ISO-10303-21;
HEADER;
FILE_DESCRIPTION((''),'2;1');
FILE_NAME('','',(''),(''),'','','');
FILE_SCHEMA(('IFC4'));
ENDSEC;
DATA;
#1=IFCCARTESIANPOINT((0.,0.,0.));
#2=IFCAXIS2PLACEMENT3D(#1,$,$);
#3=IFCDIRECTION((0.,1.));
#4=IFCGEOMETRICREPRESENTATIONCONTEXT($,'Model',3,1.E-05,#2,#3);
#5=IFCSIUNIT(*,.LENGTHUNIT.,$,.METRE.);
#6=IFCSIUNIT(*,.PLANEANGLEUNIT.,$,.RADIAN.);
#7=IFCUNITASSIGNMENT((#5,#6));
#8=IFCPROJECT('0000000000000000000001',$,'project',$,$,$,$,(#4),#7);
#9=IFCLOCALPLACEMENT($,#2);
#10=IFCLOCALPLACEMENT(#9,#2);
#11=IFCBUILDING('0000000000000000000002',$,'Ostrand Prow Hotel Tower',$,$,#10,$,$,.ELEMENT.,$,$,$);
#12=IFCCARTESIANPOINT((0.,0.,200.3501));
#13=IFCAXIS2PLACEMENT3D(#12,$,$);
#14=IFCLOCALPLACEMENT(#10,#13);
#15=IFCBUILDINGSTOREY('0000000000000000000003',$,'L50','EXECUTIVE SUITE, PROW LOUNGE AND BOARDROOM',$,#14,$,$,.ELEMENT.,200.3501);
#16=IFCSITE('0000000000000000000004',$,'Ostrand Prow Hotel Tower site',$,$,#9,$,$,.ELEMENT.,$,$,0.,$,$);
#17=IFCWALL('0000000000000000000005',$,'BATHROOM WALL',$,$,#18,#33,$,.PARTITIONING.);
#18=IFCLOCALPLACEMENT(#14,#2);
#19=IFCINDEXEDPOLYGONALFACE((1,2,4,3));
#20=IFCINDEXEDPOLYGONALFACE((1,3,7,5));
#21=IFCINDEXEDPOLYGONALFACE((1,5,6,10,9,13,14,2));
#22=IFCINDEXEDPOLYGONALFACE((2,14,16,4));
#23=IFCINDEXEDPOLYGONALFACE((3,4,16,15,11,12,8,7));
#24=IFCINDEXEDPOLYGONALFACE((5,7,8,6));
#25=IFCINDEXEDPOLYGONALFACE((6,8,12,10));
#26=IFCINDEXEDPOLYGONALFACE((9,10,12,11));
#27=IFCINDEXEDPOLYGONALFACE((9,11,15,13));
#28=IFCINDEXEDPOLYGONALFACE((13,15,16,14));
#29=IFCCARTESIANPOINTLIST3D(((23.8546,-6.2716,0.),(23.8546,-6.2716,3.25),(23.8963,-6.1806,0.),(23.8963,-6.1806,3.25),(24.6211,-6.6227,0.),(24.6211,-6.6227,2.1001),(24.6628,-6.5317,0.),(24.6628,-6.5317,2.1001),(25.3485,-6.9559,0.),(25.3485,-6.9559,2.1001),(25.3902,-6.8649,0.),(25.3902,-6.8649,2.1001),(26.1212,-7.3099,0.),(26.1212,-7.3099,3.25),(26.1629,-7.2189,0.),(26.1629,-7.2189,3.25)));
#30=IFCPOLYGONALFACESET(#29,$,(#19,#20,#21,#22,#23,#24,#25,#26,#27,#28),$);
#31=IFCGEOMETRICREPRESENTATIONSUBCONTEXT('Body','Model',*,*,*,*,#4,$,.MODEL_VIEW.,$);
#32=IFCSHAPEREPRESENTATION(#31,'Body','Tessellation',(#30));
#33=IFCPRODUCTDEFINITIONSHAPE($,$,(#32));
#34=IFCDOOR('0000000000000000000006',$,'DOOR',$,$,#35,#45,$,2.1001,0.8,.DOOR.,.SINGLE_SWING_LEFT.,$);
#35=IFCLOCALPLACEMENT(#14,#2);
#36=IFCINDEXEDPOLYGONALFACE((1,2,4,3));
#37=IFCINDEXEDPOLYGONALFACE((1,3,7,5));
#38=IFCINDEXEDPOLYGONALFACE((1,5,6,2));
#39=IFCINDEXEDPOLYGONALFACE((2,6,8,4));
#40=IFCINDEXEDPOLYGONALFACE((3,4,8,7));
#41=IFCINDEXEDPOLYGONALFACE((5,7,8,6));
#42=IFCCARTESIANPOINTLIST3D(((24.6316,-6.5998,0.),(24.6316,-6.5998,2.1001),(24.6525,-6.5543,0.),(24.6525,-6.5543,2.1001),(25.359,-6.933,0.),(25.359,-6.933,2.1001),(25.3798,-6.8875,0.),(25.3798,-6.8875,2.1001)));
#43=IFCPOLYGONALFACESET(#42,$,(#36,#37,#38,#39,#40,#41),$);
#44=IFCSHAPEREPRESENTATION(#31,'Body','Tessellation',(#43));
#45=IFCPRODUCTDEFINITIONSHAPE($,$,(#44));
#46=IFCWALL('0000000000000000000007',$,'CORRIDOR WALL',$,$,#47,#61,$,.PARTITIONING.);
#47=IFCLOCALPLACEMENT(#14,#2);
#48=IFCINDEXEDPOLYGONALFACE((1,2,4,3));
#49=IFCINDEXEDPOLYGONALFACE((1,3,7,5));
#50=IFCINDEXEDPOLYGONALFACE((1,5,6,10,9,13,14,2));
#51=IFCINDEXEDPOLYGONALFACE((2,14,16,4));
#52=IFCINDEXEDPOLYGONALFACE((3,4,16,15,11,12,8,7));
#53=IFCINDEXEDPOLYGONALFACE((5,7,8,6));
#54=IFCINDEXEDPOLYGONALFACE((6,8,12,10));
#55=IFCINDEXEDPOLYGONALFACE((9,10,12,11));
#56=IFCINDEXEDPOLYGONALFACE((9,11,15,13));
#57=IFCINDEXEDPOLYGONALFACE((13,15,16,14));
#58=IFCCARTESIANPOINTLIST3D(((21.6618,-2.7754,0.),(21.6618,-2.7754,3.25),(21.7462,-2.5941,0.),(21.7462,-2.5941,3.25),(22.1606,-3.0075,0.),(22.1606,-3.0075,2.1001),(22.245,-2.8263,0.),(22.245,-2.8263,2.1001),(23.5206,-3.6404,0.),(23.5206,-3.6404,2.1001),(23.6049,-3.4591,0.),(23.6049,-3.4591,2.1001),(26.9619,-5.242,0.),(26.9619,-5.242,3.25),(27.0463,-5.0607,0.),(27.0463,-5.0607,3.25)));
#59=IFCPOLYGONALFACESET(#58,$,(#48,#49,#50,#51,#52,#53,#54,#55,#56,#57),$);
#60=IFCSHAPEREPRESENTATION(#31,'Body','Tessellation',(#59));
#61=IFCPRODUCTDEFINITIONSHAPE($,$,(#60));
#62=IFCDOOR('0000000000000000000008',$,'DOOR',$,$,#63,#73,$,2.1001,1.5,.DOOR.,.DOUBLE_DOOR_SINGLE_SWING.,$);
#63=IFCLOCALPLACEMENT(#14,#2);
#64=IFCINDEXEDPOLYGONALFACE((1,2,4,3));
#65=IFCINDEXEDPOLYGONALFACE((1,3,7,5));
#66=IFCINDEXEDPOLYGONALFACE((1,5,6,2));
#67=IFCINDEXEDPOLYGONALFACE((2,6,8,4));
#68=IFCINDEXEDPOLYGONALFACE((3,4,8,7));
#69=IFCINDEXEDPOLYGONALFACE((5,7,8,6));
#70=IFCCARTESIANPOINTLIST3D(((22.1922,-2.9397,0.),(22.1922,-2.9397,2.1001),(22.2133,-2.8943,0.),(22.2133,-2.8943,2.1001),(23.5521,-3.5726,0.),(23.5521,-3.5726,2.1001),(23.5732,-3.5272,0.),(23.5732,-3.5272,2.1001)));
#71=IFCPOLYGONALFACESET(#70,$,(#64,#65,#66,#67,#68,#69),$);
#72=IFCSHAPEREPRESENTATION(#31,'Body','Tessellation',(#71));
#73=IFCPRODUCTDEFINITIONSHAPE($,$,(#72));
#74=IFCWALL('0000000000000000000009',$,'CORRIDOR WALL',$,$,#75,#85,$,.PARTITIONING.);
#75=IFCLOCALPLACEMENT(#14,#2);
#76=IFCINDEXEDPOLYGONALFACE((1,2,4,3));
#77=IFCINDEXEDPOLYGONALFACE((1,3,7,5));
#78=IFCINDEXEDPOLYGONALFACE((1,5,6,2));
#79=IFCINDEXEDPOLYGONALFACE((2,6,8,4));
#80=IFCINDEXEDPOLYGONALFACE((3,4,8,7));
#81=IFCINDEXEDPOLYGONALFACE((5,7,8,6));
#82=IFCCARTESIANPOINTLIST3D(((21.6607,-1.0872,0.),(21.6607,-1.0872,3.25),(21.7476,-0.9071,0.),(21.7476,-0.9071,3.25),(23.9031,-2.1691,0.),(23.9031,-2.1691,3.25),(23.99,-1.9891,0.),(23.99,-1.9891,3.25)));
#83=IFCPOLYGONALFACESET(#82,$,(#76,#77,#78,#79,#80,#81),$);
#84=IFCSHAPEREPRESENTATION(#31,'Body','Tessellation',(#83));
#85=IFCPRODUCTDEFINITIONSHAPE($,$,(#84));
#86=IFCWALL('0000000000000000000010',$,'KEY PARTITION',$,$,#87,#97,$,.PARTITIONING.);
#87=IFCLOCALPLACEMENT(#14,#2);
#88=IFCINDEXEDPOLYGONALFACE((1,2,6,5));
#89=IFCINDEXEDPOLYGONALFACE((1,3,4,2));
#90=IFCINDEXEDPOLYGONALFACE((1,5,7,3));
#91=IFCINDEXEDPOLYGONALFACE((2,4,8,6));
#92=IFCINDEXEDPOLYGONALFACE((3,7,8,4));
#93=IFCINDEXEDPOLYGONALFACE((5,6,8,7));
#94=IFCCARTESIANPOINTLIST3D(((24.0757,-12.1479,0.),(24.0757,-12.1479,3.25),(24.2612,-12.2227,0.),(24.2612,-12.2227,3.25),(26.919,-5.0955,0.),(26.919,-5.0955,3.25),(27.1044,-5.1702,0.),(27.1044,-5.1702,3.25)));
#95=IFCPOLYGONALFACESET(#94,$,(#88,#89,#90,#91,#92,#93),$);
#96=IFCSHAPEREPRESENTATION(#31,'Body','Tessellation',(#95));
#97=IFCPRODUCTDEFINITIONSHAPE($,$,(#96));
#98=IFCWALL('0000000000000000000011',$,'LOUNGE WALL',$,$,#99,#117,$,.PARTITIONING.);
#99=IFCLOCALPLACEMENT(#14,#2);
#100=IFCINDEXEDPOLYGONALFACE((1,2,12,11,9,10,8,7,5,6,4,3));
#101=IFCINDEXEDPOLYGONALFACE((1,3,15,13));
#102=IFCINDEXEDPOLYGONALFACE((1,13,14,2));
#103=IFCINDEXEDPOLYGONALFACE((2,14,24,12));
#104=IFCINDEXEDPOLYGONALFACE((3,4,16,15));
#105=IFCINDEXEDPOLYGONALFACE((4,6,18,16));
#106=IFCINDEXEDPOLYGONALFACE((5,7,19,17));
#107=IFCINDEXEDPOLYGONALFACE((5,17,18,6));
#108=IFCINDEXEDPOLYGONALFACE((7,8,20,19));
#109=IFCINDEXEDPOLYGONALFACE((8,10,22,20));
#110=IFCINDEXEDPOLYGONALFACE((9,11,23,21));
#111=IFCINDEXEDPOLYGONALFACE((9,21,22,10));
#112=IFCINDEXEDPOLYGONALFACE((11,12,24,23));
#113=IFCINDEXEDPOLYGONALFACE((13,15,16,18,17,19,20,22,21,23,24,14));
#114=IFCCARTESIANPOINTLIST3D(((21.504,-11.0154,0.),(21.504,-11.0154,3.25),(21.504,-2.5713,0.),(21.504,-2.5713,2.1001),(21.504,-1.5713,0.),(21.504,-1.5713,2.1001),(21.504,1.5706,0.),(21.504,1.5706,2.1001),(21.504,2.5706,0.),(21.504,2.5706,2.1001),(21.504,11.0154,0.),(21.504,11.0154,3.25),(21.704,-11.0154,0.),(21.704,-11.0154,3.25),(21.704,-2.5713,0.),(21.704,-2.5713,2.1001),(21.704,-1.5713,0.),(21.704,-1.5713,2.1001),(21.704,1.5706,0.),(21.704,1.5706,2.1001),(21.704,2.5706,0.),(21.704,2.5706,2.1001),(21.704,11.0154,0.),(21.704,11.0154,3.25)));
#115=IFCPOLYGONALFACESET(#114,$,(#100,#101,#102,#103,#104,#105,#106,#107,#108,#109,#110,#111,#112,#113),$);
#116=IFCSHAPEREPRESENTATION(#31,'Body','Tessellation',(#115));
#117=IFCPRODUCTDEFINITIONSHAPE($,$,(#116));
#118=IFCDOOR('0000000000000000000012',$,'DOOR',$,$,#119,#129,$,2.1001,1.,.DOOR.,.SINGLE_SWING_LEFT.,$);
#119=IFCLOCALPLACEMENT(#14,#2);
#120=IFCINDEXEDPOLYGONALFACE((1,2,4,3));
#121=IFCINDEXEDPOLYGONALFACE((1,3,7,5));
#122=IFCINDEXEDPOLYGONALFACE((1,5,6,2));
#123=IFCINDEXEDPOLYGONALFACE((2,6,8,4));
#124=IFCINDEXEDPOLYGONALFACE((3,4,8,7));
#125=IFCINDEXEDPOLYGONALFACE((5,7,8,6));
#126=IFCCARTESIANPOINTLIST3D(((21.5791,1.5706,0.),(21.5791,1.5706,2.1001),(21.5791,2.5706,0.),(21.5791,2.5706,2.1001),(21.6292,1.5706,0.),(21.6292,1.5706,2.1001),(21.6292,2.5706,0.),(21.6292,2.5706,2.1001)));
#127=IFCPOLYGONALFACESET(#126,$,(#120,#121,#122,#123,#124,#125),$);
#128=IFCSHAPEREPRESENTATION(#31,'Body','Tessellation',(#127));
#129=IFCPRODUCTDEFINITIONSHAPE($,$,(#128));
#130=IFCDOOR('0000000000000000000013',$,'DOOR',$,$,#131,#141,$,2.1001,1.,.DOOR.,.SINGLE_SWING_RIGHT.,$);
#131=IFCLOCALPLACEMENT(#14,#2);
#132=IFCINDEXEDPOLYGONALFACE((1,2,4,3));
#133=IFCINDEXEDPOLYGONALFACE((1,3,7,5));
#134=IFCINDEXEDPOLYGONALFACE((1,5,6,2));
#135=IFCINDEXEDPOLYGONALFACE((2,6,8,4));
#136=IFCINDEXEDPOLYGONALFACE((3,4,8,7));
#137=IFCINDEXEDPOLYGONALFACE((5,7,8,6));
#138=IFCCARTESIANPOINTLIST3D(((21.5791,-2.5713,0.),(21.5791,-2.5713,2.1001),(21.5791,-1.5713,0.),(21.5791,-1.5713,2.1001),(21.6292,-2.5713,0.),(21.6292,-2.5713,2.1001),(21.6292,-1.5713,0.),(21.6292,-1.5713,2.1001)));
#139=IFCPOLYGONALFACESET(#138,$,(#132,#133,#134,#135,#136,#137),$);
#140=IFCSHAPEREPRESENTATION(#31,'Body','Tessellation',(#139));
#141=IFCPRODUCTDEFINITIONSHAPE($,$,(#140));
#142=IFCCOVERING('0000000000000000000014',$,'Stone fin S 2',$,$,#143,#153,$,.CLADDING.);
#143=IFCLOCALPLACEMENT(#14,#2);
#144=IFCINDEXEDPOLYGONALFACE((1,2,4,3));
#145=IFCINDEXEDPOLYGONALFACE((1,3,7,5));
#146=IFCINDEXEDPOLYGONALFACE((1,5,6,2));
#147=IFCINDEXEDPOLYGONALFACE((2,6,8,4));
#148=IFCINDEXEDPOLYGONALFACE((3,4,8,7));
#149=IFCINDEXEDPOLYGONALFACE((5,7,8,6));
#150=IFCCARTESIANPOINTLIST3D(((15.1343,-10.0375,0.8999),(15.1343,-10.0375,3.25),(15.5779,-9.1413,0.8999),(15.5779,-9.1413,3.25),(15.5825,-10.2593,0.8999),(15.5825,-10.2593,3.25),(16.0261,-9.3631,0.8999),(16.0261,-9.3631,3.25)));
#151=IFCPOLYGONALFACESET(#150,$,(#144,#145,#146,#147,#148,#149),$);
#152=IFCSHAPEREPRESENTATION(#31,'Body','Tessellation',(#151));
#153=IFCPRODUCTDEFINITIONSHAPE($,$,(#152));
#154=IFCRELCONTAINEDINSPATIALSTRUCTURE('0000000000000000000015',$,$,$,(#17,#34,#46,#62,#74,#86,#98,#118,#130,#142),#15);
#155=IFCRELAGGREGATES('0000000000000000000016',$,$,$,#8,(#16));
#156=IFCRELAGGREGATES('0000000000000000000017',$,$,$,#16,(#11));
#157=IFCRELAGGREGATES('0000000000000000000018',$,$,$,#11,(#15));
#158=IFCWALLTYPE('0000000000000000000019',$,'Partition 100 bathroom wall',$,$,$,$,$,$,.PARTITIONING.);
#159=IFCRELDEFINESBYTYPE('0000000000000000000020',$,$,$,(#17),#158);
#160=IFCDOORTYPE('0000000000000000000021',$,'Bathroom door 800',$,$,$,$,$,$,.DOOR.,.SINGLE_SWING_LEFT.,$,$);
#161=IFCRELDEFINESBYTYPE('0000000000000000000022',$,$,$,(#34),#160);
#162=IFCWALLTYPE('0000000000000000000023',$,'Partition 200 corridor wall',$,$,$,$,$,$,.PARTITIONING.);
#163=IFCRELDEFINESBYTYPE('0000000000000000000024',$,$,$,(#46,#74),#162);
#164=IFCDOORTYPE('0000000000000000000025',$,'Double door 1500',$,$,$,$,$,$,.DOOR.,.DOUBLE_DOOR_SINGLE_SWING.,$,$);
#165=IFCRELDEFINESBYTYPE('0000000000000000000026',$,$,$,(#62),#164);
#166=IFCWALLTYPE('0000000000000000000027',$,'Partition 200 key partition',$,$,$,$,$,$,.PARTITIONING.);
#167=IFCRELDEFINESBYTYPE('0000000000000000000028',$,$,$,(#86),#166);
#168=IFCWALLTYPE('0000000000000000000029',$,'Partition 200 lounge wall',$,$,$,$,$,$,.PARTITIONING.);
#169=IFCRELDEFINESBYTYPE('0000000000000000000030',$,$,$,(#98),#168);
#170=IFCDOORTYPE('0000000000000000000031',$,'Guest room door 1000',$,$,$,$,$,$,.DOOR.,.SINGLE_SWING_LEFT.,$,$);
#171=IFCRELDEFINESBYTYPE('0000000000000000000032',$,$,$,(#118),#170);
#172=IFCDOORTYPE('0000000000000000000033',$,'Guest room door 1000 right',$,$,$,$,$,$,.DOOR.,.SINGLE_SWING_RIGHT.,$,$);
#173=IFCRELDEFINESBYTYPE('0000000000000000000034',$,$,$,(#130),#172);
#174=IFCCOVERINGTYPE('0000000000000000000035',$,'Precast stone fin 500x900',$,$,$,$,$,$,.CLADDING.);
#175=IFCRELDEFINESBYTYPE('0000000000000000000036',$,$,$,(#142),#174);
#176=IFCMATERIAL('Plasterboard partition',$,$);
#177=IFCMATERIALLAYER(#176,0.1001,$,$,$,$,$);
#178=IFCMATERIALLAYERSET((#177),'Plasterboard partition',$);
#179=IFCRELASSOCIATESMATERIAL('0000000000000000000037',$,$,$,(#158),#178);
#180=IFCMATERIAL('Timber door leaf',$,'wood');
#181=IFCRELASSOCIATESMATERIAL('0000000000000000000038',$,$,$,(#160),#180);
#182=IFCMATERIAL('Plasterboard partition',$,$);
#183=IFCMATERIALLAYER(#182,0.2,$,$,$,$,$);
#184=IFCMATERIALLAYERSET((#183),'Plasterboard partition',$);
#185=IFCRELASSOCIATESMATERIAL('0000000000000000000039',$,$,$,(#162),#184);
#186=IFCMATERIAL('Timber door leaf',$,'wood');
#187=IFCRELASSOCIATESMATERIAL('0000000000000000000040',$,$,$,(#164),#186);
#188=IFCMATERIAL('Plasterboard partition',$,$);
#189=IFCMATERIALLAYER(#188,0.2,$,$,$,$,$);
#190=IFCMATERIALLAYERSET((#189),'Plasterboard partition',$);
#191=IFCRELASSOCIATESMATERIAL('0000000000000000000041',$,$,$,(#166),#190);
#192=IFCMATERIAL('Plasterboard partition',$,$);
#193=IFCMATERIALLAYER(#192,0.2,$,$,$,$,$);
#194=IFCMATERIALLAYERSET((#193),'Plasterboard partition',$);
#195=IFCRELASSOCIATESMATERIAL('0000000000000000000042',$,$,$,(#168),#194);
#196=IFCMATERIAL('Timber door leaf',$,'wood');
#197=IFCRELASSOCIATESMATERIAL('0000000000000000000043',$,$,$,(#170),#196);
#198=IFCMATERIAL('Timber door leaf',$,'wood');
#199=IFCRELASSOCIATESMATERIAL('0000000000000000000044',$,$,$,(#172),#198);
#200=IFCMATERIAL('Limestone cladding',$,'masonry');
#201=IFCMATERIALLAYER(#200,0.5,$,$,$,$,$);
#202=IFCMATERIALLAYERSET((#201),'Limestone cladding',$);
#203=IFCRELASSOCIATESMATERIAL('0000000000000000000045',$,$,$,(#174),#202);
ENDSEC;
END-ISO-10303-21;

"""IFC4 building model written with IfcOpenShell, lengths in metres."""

from ifc_helpers import new_model, si_unit, direction, frame, frame_2d, origin, place, context, subcontext, project, spatial, rectangle, extrude, material, layer, layer_set, type_object, element, fill, save


model = new_model("IFC4")

# Units and contexts
model_context = context("Model", 3, precision=1e-05, world=origin(), true_north=direction((0.0, 1.0)))
body_context = subcontext(model_context, "Body", "Model", "MODEL_VIEW")
ifc_project = project(units=[si_unit("LENGTHUNIT", "METRE"), si_unit("PLANEANGLEUNIT", "RADIAN")], contexts=[model_context])

# Site, building, storey
site_placement = place(None, origin())
site = spatial("IfcSite", under=ifc_project, at=site_placement, Name="Ostrand Prow Hotel Tower site", CompositionType="ELEMENT", RefElevation=0.0)
building_placement = place(site_placement, origin())
building = spatial("IfcBuilding", under=site, at=building_placement, Name="Ostrand Prow Hotel Tower", CompositionType="ELEMENT")
storey_placement = place(building_placement, frame((0.0, 0.0, 200.3501)))
storey = spatial("IfcBuildingStorey", under=building, at=storey_placement, Name="L50", Description="EXECUTIVE SUITE, PROW LOUNGE AND BOARDROOM", CompositionType="ELEMENT", Elevation=200.3501)

# Shared definitions
ifc_material_1 = material(Name="Plasterboard partition")
ifc_layer_1 = layer(ifc_material_1, 0.1001)
ifc_layer_set_1 = layer_set([ifc_layer_1], Name="Plasterboard partition")
wall_type_1 = type_object("IfcWallType", Name="Partition 100 bathroom wall", PredefinedType="PARTITIONING", material=ifc_layer_set_1)

# Walls, openings, doors
wall_1_placement = place(storey_placement, frame((26.1421, -7.2644, 0.0), z_axis=(0.0, 0.0, 1.0), x_axis=(-0.909145, 0.416479, 0.0)))
wall_1 = element("IfcWall", 1, at=wall_1_placement, inside=storey, type_object=wall_type_1, Name="BATHROOM WALL", PredefinedType="PARTITIONING", context=body_context, shape_type="SweptSolid", body=[
    extrude(rectangle(XDim=2.4932, YDim=0.1001, at=frame_2d((1.2466, 0.0))), origin(), (0.0, 0.0, 1.0), 3.25),
])
opening_1_placement = place(wall_1_placement, frame((0.8501, 0.0, 0.0)))
opening_1 = element("IfcOpeningElement", 2, at=opening_1_placement, cuts=wall_1, PredefinedType="OPENING", context=body_context, shape_type="SweptSolid", body=[
    extrude(rectangle(XDim=0.8, YDim=2.1001, at=frame_2d((0.3999, 1.05))), frame((0.0, 0.0601, 0.0), z_axis=(0.0, -1.0, 0.0), x_axis=(1.0, 0.0, 0.0)), (0.0, 0.0, 1.0), 0.1201),
])
ifc_material_2 = material(Name="Timber door leaf", Category="wood")
door_type_1 = type_object("IfcDoorType", Name="Bathroom door 800", OperationType="SINGLE_SWING_LEFT", PredefinedType="DOOR", material=ifc_material_2)
door_1_placement = place(opening_1_placement, origin())
door_1 = element("IfcDoor", 3, at=door_1_placement, inside=storey, type_object=door_type_1, Name="DOOR", OperationType="SINGLE_SWING_LEFT", OverallHeight=2.1001, OverallWidth=0.8, PredefinedType="DOOR", context=body_context, shape_type="SweptSolid", body=[
    extrude(rectangle(XDim=0.8, YDim=2.1001, at=frame_2d((0.3999, 1.05))), frame((0.0, 0.0249, 0.0), z_axis=(0.0, -1.0, 0.0), x_axis=(1.0, 0.0, 0.0)), (0.0, 0.0, 1.0), 0.05),
])
fill(opening_1, door_1)
ifc_material_3 = material(Name="Plasterboard partition")
ifc_layer_2 = layer(ifc_material_3, 0.2)
ifc_layer_set_2 = layer_set([ifc_layer_2], Name="Plasterboard partition")
wall_type_2 = type_object("IfcWallType", Name="Partition 200 corridor wall", PredefinedType="PARTITIONING", material=ifc_layer_set_2)
wall_2_placement = place(storey_placement, frame((21.7041, -2.6848, 0.0), z_axis=(0.0, 0.0, 1.0), x_axis=(0.906629, -0.42193, 0.0)))
wall_2 = element("IfcWall", 4, at=wall_2_placement, inside=storey, type_object=wall_type_2, Name="CORRIDOR WALL", PredefinedType="PARTITIONING", context=body_context, shape_type="SweptSolid", body=[
    extrude(rectangle(XDim=5.8459, YDim=0.2, at=frame_2d((2.9229, 0.0))), origin(), (0.0, 0.0, 1.0), 3.25),
])
opening_2_placement = place(wall_2_placement, frame((0.55, 0.0, 0.0)))
opening_2 = element("IfcOpeningElement", 5, at=opening_2_placement, cuts=wall_2, PredefinedType="OPENING", context=body_context, shape_type="SweptSolid", body=[
    extrude(rectangle(XDim=1.5, YDim=2.1001, at=frame_2d((0.75, 1.05))), frame((0.0, 0.1099, 0.0), z_axis=(0.0, -1.0, 0.0), x_axis=(1.0, 0.0, 0.0)), (0.0, 0.0, 1.0), 0.22),
])
ifc_material_4 = material(Name="Timber door leaf", Category="wood")
door_type_2 = type_object("IfcDoorType", Name="Double door 1500", OperationType="DOUBLE_DOOR_SINGLE_SWING", PredefinedType="DOOR", material=ifc_material_4)
door_2_placement = place(opening_2_placement, origin())
door_2 = element("IfcDoor", 6, at=door_2_placement, inside=storey, type_object=door_type_2, Name="DOOR", OperationType="DOUBLE_DOOR_SINGLE_SWING", OverallHeight=2.1001, OverallWidth=1.5, PredefinedType="DOOR", context=body_context, shape_type="SweptSolid", body=[
    extrude(rectangle(XDim=1.5, YDim=2.1001, at=frame_2d((0.75, 1.05))), frame((0.0, 0.0249, 0.0), z_axis=(0.0, -1.0, 0.0), x_axis=(1.0, 0.0, 0.0)), (0.0, 0.0, 1.0), 0.05),
])
fill(opening_2, door_2)

# Walls
wall_3_placement = place(storey_placement, frame((23.9465, -2.0791, 0.0), z_axis=(0.0, 0.0, 1.0), x_axis=(-0.900634, 0.434579, 0.0)))
element("IfcWall", 7, at=wall_3_placement, inside=storey, type_object=wall_type_2, Name="CORRIDOR WALL", PredefinedType="PARTITIONING", context=body_context, shape_type="SweptSolid", body=[
    extrude(rectangle(XDim=2.4897, YDim=0.2, at=frame_2d((1.2449, 0.0))), origin(), (0.0, 0.0, 1.0), 3.25),
])
ifc_material_5 = material(Name="Plasterboard partition")
ifc_layer_3 = layer(ifc_material_5, 0.2)
ifc_layer_set_3 = layer_set([ifc_layer_3], Name="Plasterboard partition")
wall_type_3 = type_object("IfcWallType", Name="Partition 200 key partition", PredefinedType="PARTITIONING", material=ifc_layer_set_3)
wall_4_placement = place(storey_placement, frame((24.1685, -12.1853, 0.0), z_axis=(0.0, 0.0, 1.0), x_axis=(0.373914, 0.927464, 0.0)))
element("IfcWall", 8, at=wall_4_placement, inside=storey, type_object=wall_type_3, Name="KEY PARTITION", PredefinedType="PARTITIONING", context=body_context, shape_type="SweptSolid", body=[
    extrude(rectangle(XDim=7.604, YDim=0.2, at=frame_2d((3.802, 0.0))), origin(), (0.0, 0.0, 1.0), 3.25),
])

# Wall, openings, doors
ifc_material_6 = material(Name="Plasterboard partition")
ifc_layer_4 = layer(ifc_material_6, 0.2)
ifc_layer_set_4 = layer_set([ifc_layer_4], Name="Plasterboard partition")
wall_type_4 = type_object("IfcWallType", Name="Partition 200 lounge wall", PredefinedType="PARTITIONING", material=ifc_layer_set_4)
wall_5_placement = place(storey_placement, frame((21.604, -11.0154, 0.0), z_axis=(0.0, 0.0, 1.0), x_axis=(0.0, 1.0, 0.0)))
wall_5 = element("IfcWall", 9, at=wall_5_placement, inside=storey, type_object=wall_type_4, Name="LOUNGE WALL", PredefinedType="PARTITIONING", context=body_context, shape_type="SweptSolid", body=[
    extrude(rectangle(XDim=22.0308, YDim=0.2, at=frame_2d((11.0154, 0.0))), origin(), (0.0, 0.0, 1.0), 3.25),
])
opening_3_placement = place(wall_5_placement, frame((12.5859, 0.0, 0.0)))
opening_3 = element("IfcOpeningElement", 10, at=opening_3_placement, cuts=wall_5, PredefinedType="OPENING", context=body_context, shape_type="SweptSolid", body=[
    extrude(rectangle(XDim=1.0, YDim=2.1001, at=frame_2d((0.5, 1.05))), frame((0.0, 0.1099, 0.0), z_axis=(0.0, -1.0, 0.0), x_axis=(1.0, 0.0, 0.0)), (0.0, 0.0, 1.0), 0.22),
])
opening_4_placement = place(wall_5_placement, frame((8.4441, 0.0, 0.0)))
opening_4 = element("IfcOpeningElement", 11, at=opening_4_placement, cuts=wall_5, PredefinedType="OPENING", context=body_context, shape_type="SweptSolid", body=[
    extrude(rectangle(XDim=1.0, YDim=2.1001, at=frame_2d((0.5, 1.05))), frame((0.0, 0.1099, 0.0), z_axis=(0.0, -1.0, 0.0), x_axis=(1.0, 0.0, 0.0)), (0.0, 0.0, 1.0), 0.22),
])
ifc_material_7 = material(Name="Timber door leaf", Category="wood")
door_type_3 = type_object("IfcDoorType", Name="Guest room door 1000", OperationType="SINGLE_SWING_LEFT", PredefinedType="DOOR", material=ifc_material_7)
door_3_placement = place(opening_3_placement, origin())
door_3 = element("IfcDoor", 12, at=door_3_placement, inside=storey, type_object=door_type_3, Name="DOOR", OperationType="SINGLE_SWING_LEFT", OverallHeight=2.1001, OverallWidth=1.0, PredefinedType="DOOR", context=body_context, shape_type="SweptSolid", body=[
    extrude(rectangle(XDim=1.0, YDim=2.1001, at=frame_2d((0.5, 1.05))), frame((0.0, 0.0249, 0.0), z_axis=(0.0, -1.0, 0.0), x_axis=(1.0, 0.0, 0.0)), (0.0, 0.0, 1.0), 0.05),
])
fill(opening_3, door_3)
ifc_material_8 = material(Name="Timber door leaf", Category="wood")
door_type_4 = type_object("IfcDoorType", Name="Guest room door 1000 right", OperationType="SINGLE_SWING_RIGHT", PredefinedType="DOOR", material=ifc_material_8)
door_4_placement = place(opening_4_placement, origin())
door_4 = element("IfcDoor", 13, at=door_4_placement, inside=storey, type_object=door_type_4, Name="DOOR", OperationType="SINGLE_SWING_RIGHT", OverallHeight=2.1001, OverallWidth=1.0, PredefinedType="DOOR", context=body_context, shape_type="SweptSolid", body=[
    extrude(rectangle(XDim=1.0, YDim=2.1001, at=frame_2d((0.5, 1.05))), frame((0.0, 0.0249, 0.0), z_axis=(0.0, -1.0, 0.0), x_axis=(1.0, 0.0, 0.0)), (0.0, 0.0, 1.0), 0.05),
])
fill(opening_4, door_4)

# Covering
ifc_material_9 = material(Name="Limestone cladding", Category="masonry")
ifc_layer_5 = layer(ifc_material_9, 0.5)
ifc_layer_set_5 = layer_set([ifc_layer_5], Name="Limestone cladding")
covering_type = type_object("IfcCoveringType", Name="Precast stone fin 500x900", PredefinedType="CLADDING", material=ifc_layer_set_5)
covering_placement = place(storey_placement, frame((15.802, -9.2522, 0.8999), z_axis=(0.0, 0.0, 1.0), x_axis=(-0.443597, -0.896227, 0.0)))
element("IfcCovering", 14, at=covering_placement, inside=storey, type_object=covering_type, Name="Stone fin S 2", PredefinedType="CLADDING", context=body_context, shape_type="SweptSolid", body=[
    extrude(rectangle(XDim=1.0, YDim=0.5, at=frame_2d((0.5, 0.0))), origin(), (0.0, 0.0, 1.0), 2.3501),
])

save(model, "model.ifc")
